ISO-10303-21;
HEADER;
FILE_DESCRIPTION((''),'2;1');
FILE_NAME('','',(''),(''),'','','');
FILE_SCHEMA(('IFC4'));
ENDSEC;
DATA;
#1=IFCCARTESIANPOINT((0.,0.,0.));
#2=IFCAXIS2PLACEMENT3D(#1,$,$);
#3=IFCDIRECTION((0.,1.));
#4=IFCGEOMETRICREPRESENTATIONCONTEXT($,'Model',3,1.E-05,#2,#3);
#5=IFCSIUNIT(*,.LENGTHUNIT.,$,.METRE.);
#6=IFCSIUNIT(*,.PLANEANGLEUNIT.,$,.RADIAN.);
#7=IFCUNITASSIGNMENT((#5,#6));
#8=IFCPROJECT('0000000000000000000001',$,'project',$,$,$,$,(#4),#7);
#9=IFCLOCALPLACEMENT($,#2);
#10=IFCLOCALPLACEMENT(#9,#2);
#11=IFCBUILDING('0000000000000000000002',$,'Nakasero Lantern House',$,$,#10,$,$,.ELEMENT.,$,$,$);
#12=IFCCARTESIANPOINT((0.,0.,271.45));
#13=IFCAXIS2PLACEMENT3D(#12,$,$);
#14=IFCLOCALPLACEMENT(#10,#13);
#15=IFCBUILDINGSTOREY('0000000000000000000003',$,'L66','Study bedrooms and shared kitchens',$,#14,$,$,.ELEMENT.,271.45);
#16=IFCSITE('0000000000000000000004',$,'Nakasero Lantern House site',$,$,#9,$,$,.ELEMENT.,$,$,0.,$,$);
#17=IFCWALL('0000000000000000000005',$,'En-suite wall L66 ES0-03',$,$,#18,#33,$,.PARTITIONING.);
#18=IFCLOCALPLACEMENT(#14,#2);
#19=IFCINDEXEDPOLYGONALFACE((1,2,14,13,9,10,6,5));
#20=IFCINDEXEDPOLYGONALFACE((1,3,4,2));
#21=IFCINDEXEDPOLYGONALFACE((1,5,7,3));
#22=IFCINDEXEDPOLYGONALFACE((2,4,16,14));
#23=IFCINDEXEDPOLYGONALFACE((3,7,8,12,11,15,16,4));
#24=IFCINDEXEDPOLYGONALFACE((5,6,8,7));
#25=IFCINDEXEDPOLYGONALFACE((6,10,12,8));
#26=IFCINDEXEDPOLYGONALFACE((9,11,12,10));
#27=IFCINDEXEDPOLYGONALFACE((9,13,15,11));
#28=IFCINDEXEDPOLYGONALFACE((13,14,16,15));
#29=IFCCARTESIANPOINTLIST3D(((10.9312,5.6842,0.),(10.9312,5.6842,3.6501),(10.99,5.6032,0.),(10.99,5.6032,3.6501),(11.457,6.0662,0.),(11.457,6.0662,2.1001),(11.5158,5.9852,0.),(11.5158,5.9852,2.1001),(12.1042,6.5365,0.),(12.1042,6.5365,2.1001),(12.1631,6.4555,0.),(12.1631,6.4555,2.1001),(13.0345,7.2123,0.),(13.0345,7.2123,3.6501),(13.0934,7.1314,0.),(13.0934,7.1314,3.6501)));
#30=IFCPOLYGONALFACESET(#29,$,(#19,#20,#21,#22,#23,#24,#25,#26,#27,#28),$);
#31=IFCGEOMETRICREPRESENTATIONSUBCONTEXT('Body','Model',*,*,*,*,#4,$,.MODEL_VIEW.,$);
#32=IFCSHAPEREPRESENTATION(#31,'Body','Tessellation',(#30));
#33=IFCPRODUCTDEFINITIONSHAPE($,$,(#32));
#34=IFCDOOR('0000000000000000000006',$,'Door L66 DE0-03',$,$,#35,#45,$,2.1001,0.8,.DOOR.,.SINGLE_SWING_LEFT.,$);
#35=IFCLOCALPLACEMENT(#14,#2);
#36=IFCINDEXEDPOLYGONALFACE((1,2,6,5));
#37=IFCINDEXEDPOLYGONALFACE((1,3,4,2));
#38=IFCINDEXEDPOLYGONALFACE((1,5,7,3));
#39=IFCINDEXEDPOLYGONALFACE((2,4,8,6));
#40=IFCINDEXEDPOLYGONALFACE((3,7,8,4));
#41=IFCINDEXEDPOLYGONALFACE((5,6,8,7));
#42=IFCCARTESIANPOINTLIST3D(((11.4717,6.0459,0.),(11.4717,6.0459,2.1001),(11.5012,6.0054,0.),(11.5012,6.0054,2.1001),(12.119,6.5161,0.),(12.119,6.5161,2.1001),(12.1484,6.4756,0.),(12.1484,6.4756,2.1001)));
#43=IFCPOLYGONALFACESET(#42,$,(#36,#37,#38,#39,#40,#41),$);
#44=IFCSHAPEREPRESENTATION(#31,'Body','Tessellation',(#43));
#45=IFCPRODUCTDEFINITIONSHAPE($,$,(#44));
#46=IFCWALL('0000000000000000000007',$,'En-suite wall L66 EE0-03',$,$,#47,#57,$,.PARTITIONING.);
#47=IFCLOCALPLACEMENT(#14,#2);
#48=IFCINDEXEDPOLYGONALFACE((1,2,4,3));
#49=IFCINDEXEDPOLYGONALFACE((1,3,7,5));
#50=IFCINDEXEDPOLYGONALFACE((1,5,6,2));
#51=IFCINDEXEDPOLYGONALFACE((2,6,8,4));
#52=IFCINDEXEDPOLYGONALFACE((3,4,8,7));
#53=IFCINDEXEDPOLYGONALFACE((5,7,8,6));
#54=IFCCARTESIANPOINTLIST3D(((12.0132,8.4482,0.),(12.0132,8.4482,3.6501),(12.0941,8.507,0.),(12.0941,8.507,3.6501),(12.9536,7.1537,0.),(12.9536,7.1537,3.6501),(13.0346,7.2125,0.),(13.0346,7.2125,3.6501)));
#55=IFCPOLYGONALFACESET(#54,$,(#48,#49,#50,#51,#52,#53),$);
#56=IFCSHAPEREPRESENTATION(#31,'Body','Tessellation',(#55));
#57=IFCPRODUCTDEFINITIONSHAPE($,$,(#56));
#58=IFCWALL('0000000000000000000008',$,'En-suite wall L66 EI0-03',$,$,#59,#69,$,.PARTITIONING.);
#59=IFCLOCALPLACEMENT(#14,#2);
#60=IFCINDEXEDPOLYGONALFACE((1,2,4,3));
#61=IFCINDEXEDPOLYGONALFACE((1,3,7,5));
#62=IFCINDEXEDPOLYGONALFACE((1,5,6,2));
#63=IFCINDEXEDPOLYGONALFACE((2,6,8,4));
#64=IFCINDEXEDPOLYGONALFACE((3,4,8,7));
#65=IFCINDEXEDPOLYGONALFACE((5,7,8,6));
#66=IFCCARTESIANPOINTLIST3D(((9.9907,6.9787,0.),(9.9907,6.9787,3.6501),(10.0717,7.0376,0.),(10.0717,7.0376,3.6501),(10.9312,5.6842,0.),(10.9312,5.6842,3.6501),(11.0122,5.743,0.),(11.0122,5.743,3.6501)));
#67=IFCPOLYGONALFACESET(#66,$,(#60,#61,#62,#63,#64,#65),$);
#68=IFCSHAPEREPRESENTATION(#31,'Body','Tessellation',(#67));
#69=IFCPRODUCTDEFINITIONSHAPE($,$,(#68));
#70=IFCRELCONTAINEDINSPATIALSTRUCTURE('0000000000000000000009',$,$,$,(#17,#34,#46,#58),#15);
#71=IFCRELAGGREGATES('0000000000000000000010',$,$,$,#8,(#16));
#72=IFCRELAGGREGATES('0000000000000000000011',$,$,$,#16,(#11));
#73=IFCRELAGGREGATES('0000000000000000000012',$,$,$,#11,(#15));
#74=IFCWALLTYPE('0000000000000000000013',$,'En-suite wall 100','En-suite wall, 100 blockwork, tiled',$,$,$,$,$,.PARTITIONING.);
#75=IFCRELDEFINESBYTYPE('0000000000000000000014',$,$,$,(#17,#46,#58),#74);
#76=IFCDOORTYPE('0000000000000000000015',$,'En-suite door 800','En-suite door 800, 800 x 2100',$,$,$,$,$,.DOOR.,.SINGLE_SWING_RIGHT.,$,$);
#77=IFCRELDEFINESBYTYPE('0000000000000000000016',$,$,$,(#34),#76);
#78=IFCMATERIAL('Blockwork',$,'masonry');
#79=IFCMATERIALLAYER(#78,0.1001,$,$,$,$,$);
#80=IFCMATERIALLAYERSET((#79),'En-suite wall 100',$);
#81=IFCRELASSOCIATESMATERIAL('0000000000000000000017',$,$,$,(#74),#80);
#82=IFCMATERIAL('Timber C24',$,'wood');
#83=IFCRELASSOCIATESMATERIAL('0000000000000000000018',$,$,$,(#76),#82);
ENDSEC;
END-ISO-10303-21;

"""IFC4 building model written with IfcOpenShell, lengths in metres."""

from ifc_helpers import new_model, si_unit, direction, frame, frame_2d, origin, place, context, subcontext, project, spatial, rectangle, extrude, material, layer, layer_set, type_object, element, fill, save


model = new_model("IFC4")

# Units and contexts
model_context = context("Model", 3, precision=1e-05, world=origin(), true_north=direction((0.0, 1.0)))
body_context = subcontext(model_context, "Body", "Model", "MODEL_VIEW")
ifc_project = project(units=[si_unit("LENGTHUNIT", "METRE"), si_unit("PLANEANGLEUNIT", "RADIAN")], contexts=[model_context])

# Site, building, storey
site_placement = place(None, origin())
site = spatial("IfcSite", under=ifc_project, at=site_placement, Name="Nakasero Lantern House site", CompositionType="ELEMENT", RefElevation=0.0)
building_placement = place(site_placement, origin())
building = spatial("IfcBuilding", under=site, at=building_placement, Name="Nakasero Lantern House", CompositionType="ELEMENT")
storey_placement = place(building_placement, frame((0.0, 0.0, 271.45)))
storey = spatial("IfcBuildingStorey", under=building, at=storey_placement, Name="L66", Description="Study bedrooms and shared kitchens", CompositionType="ELEMENT", Elevation=271.45)

# Wall, opening, door
ifc_material_1 = material(Name="Blockwork", Category="masonry")
ifc_layer_1 = layer(ifc_material_1, 0.1001)
ifc_layer_set_1 = layer_set([ifc_layer_1], Name="En-suite wall 100")
wall_type_1 = type_object("IfcWallType", Name="En-suite wall 100", Description="En-suite wall, 100 blockwork, tiled", PredefinedType="PARTITIONING", material=ifc_layer_set_1)
wall_1_placement = place(storey_placement, frame((10.9607, 5.6438, 0.0), z_axis=(0.0, 0.0, 1.0), x_axis=(0.809024, 0.587775, 0.0)))
wall_1 = element("IfcWall", 1, at=wall_1_placement, inside=storey, type_object=wall_type_1, Name="En-suite wall L66 ES0-03", PredefinedType="PARTITIONING", context=body_context, shape_type="SweptSolid", body=[
    extrude(rectangle(XDim=2.5999, YDim=0.1001, at=frame_2d((1.2998, 0.0))), origin(), (0.0, 0.0, 1.0), 3.6501),
])
opening_1_placement = place(wall_1_placement, frame((0.6499, 0.0, 0.0)))
opening_1 = element("IfcOpeningElement", 2, at=opening_1_placement, cuts=wall_1, PredefinedType="OPENING", context=body_context, shape_type="SweptSolid", body=[
    extrude(rectangle(XDim=0.8, YDim=2.1001, at=frame_2d((0.3999, 1.05))), frame((0.0, 0.0701, 0.0), z_axis=(0.0, -1.0, 0.0), x_axis=(1.0, 0.0, 0.0)), (0.0, 0.0, 1.0), 0.1401),
])
ifc_material_2 = material(Name="Timber C24", Category="wood")
door_type_1 = type_object("IfcDoorType", Name="En-suite door 800", Description="En-suite door 800, 800 x 2100", OperationType="SINGLE_SWING_RIGHT", PredefinedType="DOOR", material=ifc_material_2)
door_1_placement = place(opening_1_placement, origin())
door_1 = element("IfcDoor", 3, at=door_1_placement, inside=storey, type_object=door_type_1, Name="Door L66 DE0-03", OperationType="SINGLE_SWING_LEFT", OverallHeight=2.1001, OverallWidth=0.8, PredefinedType="DOOR", context=body_context, shape_type="SweptSolid", body=[
    extrude(rectangle(XDim=0.8, YDim=2.1001, at=frame_2d((0.3999, 1.05))), frame((0.0, 0.0249, 0.0), z_axis=(0.0, -1.0, 0.0), x_axis=(1.0, 0.0, 0.0)), (0.0, 0.0, 1.0), 0.05),
])
fill(opening_1, door_1)

# Walls
for number, where, z_axis, x_axis, name in (
    (4, (12.9941, 7.1831, 0.0), (0.0, 0.0, 1.0), (-0.587772, 0.809026, 0.0), "En-suite wall L66 EE0-03"),
    (5, (10.9717, 5.7136, 0.0), (0.0, 0.0, 1.0), (-0.587772, 0.809026, 0.0), "En-suite wall L66 EI0-03"),
):
    element("IfcWall", number, at=place(storey_placement, frame(where, z_axis=z_axis, x_axis=x_axis)), inside=storey, type_object=wall_type_1, Name=name, PredefinedType="PARTITIONING", context=body_context, shape_type="SweptSolid", body=[
        extrude(rectangle(XDim=1.6001, YDim=0.1001, at=frame_2d((0.8, 0.0))), origin(), (0.0, 0.0, 1.0), 3.6501),
    ])

save(model, "model.ifc")
